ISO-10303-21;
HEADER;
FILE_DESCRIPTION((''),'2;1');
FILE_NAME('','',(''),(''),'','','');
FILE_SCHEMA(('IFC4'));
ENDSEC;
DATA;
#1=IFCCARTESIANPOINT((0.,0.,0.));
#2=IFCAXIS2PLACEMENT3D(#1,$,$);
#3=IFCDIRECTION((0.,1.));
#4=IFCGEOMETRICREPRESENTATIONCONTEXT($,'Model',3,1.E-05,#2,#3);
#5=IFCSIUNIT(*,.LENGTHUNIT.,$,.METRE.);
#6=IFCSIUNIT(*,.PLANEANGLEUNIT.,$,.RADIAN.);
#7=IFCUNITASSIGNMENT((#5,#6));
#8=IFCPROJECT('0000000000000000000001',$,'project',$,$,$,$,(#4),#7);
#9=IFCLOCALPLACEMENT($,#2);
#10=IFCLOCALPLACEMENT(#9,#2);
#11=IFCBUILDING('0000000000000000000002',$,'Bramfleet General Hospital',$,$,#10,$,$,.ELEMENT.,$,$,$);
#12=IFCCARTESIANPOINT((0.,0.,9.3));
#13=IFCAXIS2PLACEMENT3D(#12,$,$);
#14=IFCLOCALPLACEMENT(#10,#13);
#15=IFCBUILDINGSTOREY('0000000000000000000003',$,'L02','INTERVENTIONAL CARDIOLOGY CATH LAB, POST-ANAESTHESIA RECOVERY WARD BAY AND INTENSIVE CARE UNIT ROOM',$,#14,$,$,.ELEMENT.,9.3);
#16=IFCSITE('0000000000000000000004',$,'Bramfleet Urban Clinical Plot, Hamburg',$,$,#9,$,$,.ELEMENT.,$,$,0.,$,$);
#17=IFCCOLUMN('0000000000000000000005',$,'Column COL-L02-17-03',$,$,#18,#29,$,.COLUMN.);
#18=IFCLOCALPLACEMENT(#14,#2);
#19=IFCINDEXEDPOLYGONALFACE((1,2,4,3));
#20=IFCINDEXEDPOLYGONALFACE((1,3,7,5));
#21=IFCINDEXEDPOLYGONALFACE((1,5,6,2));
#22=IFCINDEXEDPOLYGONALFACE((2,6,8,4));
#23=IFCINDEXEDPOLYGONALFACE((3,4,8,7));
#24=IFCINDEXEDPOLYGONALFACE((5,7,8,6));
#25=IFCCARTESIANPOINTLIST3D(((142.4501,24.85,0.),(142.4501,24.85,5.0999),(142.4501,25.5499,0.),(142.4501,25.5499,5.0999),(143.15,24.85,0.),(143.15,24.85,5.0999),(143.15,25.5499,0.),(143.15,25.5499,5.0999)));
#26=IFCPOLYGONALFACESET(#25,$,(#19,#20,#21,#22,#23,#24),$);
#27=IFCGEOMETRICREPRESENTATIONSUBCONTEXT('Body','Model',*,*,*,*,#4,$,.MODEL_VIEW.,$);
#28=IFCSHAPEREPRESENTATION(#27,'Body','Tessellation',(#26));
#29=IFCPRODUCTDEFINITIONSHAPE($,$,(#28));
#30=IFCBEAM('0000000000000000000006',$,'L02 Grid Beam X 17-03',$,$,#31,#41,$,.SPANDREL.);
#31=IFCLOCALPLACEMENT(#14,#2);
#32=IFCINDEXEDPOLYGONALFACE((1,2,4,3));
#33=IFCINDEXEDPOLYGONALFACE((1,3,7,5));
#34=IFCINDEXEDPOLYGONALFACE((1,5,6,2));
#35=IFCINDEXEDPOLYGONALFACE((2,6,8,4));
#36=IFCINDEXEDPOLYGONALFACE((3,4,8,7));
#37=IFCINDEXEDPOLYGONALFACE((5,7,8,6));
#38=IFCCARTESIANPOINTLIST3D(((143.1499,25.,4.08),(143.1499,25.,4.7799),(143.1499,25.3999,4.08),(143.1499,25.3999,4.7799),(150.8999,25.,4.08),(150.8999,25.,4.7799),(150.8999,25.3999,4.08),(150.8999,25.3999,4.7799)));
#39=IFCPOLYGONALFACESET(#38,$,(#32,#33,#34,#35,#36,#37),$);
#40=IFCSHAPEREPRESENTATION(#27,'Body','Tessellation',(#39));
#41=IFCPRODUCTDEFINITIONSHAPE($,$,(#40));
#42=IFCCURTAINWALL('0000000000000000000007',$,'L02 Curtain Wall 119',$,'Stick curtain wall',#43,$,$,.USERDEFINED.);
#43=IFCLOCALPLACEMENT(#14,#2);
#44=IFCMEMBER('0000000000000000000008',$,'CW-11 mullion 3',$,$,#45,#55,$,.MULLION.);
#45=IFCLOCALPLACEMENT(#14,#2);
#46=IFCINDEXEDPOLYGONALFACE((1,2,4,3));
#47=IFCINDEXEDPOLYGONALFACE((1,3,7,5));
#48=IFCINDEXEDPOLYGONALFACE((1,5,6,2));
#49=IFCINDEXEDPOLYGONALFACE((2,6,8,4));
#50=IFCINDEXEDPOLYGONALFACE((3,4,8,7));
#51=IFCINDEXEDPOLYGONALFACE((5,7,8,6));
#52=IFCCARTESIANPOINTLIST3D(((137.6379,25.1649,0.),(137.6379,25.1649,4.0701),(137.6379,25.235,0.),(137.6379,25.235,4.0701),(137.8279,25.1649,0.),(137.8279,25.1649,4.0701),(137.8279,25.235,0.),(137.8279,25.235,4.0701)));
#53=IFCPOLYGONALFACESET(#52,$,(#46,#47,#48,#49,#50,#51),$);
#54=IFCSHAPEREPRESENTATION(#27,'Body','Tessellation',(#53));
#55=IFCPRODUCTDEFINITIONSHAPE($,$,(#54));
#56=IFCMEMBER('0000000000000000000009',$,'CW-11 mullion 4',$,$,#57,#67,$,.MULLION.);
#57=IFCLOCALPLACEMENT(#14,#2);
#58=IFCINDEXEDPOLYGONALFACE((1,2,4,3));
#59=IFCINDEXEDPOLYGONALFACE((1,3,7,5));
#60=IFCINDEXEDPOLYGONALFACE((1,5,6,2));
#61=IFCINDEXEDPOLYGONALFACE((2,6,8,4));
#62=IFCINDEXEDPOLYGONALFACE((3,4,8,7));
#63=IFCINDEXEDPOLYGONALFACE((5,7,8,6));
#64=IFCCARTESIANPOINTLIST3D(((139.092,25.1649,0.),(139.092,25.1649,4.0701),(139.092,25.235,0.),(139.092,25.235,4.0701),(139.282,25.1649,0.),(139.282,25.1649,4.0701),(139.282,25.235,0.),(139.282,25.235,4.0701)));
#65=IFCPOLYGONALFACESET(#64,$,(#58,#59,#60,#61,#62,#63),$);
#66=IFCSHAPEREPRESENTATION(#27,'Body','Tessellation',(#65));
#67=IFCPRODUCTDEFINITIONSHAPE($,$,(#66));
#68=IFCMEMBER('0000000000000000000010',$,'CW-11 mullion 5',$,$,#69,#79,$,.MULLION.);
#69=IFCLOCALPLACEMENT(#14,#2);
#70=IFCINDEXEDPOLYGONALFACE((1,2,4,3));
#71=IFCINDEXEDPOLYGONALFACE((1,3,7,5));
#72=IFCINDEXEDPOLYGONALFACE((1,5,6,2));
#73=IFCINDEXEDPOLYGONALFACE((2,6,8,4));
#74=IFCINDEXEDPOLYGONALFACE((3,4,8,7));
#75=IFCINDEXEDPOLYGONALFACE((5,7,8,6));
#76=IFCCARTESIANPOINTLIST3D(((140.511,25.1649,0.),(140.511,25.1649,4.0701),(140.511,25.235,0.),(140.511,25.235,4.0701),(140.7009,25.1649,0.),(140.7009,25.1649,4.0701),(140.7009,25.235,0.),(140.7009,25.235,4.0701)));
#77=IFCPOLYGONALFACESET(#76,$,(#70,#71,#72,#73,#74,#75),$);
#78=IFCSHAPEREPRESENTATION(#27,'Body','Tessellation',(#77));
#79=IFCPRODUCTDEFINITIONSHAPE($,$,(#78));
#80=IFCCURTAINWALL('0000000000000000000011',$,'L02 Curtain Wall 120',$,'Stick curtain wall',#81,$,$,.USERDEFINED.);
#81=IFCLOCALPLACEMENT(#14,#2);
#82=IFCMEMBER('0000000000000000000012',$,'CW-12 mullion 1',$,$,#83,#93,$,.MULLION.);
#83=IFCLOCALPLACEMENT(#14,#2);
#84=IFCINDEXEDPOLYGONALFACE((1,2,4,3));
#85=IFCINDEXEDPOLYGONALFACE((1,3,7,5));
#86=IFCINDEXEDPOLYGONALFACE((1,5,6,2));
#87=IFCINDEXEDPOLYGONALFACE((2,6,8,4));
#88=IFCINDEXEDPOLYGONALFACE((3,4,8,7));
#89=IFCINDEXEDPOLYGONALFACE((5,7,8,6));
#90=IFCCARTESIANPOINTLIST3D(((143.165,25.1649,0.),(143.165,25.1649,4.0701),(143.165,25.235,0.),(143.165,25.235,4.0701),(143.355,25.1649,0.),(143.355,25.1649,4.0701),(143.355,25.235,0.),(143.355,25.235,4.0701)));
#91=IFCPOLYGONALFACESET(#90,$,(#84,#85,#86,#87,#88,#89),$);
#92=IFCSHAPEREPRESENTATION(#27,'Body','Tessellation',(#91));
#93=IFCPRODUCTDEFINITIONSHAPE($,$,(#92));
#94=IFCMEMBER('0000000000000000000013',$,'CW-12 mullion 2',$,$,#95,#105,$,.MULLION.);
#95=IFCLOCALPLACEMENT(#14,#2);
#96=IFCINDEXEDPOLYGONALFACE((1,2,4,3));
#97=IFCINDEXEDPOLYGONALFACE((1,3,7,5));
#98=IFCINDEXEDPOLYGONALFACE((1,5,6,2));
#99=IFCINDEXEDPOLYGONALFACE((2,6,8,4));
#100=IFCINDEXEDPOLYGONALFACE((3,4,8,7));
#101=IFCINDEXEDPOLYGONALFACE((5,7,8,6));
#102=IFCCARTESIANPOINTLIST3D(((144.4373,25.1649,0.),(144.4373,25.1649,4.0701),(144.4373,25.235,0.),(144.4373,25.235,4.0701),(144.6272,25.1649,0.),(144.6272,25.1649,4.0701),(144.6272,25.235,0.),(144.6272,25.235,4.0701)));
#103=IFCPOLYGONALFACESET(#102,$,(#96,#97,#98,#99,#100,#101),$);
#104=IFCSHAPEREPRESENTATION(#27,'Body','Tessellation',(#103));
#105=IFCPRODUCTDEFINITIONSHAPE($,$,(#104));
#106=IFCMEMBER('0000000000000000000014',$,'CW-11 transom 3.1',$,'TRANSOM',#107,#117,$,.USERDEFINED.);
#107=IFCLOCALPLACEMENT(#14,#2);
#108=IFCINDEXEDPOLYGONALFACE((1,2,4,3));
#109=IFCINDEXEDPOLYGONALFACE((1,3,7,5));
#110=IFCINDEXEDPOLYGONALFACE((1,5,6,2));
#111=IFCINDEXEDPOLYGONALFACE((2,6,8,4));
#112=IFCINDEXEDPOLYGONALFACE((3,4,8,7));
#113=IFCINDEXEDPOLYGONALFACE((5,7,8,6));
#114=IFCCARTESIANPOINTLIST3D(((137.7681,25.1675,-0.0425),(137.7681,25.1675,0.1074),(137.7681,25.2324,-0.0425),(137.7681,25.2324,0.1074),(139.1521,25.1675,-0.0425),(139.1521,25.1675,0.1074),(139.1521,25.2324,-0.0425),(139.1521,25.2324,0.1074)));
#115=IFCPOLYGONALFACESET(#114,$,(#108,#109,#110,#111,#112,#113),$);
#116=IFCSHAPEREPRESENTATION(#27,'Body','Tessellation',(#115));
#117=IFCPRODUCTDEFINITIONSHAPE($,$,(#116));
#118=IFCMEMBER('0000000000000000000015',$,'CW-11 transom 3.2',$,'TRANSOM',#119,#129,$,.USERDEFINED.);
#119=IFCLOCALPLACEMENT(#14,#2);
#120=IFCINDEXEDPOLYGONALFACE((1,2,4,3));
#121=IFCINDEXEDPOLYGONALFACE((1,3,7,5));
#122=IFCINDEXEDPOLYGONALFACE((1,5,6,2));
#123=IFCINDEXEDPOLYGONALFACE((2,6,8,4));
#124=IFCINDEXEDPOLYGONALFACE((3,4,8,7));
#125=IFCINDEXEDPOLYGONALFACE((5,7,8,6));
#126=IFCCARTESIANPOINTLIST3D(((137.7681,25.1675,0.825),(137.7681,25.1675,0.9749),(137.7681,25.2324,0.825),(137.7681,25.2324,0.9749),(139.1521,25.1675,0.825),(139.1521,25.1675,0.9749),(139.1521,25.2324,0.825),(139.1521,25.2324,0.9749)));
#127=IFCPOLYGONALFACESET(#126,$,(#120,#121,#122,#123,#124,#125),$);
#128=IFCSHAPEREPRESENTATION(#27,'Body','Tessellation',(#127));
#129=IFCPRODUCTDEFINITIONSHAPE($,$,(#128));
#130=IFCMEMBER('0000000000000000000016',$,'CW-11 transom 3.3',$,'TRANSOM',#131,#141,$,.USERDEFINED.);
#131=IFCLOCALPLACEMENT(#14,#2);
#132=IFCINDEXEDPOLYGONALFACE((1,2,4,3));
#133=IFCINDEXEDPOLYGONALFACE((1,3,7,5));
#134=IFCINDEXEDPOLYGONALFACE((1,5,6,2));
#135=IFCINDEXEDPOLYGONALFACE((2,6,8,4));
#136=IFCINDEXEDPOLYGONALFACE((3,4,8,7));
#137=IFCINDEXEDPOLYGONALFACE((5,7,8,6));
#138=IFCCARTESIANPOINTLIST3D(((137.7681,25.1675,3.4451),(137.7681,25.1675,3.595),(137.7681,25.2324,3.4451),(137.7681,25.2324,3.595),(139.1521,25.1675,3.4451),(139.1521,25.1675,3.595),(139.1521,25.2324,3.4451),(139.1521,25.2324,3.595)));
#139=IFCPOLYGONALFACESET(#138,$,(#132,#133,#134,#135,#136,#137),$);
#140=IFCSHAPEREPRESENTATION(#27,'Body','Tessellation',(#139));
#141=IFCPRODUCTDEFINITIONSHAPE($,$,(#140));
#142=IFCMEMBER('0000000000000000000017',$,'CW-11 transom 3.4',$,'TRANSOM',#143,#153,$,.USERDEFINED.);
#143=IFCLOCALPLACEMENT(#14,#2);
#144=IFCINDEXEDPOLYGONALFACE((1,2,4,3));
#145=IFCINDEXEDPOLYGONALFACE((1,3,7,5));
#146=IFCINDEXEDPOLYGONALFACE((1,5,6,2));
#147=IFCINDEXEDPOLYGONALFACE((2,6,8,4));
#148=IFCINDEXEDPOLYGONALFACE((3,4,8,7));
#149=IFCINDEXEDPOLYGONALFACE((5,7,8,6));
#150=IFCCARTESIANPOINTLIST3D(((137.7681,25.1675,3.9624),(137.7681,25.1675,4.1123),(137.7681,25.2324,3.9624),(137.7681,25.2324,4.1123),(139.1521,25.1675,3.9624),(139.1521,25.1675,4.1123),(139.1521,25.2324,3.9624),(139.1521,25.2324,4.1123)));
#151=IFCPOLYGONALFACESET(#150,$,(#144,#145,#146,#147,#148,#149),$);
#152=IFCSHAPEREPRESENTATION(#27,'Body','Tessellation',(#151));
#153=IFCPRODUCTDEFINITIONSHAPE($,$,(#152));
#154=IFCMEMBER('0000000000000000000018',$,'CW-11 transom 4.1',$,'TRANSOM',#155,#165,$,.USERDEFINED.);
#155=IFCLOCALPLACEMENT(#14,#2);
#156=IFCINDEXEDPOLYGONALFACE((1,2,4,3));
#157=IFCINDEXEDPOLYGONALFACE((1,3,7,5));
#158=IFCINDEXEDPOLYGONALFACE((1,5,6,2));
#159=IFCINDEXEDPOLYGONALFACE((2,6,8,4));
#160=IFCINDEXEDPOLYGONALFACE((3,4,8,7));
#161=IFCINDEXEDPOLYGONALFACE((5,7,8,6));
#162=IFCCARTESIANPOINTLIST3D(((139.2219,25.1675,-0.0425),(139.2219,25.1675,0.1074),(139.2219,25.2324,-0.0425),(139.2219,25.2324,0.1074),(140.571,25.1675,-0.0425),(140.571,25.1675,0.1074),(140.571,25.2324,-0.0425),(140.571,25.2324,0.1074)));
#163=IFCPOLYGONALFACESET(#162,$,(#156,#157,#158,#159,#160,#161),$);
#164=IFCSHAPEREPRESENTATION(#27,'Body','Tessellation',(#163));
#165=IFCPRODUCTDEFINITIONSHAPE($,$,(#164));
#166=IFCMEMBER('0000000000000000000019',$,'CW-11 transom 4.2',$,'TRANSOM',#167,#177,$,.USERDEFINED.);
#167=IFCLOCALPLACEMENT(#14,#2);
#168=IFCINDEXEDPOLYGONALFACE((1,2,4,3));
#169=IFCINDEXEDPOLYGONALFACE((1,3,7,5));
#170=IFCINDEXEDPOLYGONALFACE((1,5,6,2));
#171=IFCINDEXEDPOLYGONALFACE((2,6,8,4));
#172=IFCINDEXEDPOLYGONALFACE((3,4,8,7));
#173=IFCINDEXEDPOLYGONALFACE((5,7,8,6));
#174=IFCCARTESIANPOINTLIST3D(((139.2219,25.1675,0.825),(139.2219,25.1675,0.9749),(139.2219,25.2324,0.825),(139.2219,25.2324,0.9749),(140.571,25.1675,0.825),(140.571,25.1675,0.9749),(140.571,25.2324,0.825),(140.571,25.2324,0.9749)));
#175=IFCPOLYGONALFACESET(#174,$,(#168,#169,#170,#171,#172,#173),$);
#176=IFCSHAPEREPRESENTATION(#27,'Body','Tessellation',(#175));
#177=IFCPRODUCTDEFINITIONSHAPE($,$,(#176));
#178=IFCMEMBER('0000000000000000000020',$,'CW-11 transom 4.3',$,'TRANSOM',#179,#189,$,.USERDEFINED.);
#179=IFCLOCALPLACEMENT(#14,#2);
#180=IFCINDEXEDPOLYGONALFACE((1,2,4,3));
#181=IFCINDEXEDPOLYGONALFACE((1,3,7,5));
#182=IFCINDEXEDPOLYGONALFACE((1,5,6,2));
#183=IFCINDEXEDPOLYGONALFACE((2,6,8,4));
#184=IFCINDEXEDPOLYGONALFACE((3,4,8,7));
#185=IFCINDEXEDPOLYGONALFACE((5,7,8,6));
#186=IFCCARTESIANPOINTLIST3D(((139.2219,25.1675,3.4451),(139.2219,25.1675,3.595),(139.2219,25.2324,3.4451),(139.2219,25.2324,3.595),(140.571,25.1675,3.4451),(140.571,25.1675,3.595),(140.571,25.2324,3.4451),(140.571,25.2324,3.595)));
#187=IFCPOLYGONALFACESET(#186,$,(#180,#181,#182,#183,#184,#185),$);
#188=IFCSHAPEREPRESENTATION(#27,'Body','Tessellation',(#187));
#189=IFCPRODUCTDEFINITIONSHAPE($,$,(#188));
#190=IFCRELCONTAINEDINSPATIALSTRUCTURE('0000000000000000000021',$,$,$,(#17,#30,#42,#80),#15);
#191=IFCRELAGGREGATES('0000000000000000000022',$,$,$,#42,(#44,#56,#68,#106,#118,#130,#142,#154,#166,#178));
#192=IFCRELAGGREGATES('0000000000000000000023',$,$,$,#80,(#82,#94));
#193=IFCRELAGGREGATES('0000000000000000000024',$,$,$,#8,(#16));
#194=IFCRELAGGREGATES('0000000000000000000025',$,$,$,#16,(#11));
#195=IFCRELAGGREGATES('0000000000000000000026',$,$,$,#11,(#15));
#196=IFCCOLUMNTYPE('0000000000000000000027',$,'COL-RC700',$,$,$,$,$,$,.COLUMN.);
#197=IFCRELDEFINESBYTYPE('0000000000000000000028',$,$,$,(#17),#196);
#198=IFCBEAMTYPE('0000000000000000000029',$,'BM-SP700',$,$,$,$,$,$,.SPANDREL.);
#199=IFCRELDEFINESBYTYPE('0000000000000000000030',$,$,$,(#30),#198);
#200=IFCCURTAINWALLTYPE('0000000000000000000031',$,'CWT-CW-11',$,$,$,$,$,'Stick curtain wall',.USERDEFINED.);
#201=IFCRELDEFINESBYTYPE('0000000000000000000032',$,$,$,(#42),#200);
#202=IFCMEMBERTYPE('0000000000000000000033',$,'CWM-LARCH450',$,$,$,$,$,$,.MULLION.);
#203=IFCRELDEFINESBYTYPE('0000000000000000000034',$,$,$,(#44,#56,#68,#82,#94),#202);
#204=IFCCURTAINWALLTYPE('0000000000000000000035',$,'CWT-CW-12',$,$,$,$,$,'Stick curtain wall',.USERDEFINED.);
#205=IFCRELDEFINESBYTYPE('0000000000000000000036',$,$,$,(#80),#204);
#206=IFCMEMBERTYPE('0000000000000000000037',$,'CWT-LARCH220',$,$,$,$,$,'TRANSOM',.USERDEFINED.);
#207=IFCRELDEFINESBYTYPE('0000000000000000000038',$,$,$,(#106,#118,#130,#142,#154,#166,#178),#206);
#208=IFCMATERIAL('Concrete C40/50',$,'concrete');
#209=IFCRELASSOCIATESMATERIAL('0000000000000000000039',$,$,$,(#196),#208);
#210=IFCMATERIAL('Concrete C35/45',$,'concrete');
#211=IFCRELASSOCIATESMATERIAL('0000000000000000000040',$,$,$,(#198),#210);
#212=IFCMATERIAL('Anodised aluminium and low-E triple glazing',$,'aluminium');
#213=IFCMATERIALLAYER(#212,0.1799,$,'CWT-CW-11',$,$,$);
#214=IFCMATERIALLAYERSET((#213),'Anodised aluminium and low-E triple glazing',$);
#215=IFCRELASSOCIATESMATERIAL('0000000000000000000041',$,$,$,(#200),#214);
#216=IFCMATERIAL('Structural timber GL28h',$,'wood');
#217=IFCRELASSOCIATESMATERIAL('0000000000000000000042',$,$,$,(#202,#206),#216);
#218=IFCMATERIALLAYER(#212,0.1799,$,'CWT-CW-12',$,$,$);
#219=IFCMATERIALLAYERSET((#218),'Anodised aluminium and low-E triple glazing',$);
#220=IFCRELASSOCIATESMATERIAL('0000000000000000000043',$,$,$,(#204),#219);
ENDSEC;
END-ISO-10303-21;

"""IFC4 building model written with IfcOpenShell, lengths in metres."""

from ifc_helpers import new_model, si_unit, direction, frame, origin, origin_2d, place, context, subcontext, project, spatial, rectangle, extrude, material, layer, layer_set, material_profile, profile_set, type_object, element, aggregate, save


model = new_model("IFC4")

# Units and contexts
model_context = context("Model", 3, precision=1e-05, world=origin(), true_north=direction((0.0, 1.0)))
body_context = subcontext(model_context, "Body", "Model", "MODEL_VIEW")
ifc_project = project(units=[si_unit("LENGTHUNIT", "METRE"), si_unit("PLANEANGLEUNIT", "RADIAN")], contexts=[model_context])

# Site, building, storey
site_placement = place(None, origin())
site = spatial("IfcSite", under=ifc_project, at=site_placement, Name="Bramfleet Urban Clinical Plot, Hamburg", CompositionType="ELEMENT", RefElevation=0.0)
building_placement = place(site_placement, origin())
building = spatial("IfcBuilding", under=site, at=building_placement, Name="Bramfleet General Hospital", CompositionType="ELEMENT")
storey_placement = place(building_placement, frame((0.0, 0.0, 9.3)))
storey = spatial("IfcBuildingStorey", under=building, at=storey_placement, Name="L02", Description="INTERVENTIONAL CARDIOLOGY CATH LAB, POST-ANAESTHESIA RECOVERY WARD BAY AND INTENSIVE CARE UNIT ROOM", CompositionType="ELEMENT", Elevation=9.3)

# Column
ifc_material_1 = material(Name="Concrete C40/50", Category="concrete")
ifc_material_profile_1 = material_profile(ifc_material_1, rectangle(XDim=0.7, YDim=0.7, at=origin_2d()), Name="RC COL 700x700")
ifc_profile_set_1 = profile_set([ifc_material_profile_1], Name="Concrete C40/50")
column_type = type_object("IfcColumnType", Name="COL-RC700", PredefinedType="COLUMN", material=ifc_profile_set_1)
column_placement = place(storey_placement, frame((142.8, 25.2, 0.0), z_axis=(0.0, 0.0, 1.0), x_axis=(1.0, 0.0, 0.0)))
element("IfcColumn", 1, at=column_placement, inside=storey, type_object=column_type, Name="Column COL-L02-17-03", PredefinedType="COLUMN", context=body_context, shape_type="SweptSolid", body=[
    extrude(rectangle(XDim=0.7, YDim=0.7, at=origin_2d()), origin(), (0.0, 0.0, 1.0), 5.0999),
])

# Beam
ifc_material_2 = material(Name="Concrete C35/45", Category="concrete")
ifc_material_profile_2 = material_profile(ifc_material_2, rectangle(XDim=0.3999, YDim=0.7, at=origin_2d()), Name="RC SP 700x400")
ifc_profile_set_2 = profile_set([ifc_material_profile_2], Name="Concrete C35/45")
beam_type = type_object("IfcBeamType", Name="BM-SP700", PredefinedType="SPANDREL", material=ifc_profile_set_2)
beam_placement = place(storey_placement, frame((143.1499, 25.2, 4.4299), z_axis=(1.0, 0.0, 0.0), x_axis=(0.0, 1.0, 0.0)))
element("IfcBeam", 2, at=beam_placement, inside=storey, type_object=beam_type, Name="L02 Grid Beam X 17-03", PredefinedType="SPANDREL", context=body_context, shape_type="SweptSolid", body=[
    extrude(rectangle(XDim=0.3999, YDim=0.7, at=origin_2d()), origin(), (0.0, 0.0, 1.0), 7.75),
])

# Curtain walls, members
ifc_material_3 = material(Name="Anodised aluminium and low-E triple glazing", Category="aluminium")
ifc_layer_1 = layer(ifc_material_3, 0.1799, Name="CWT-CW-11")
ifc_layer_set_1 = layer_set([ifc_layer_1], Name="Anodised aluminium and low-E triple glazing")
curtain_wall_type_1 = type_object("IfcCurtainWallType", Name="CWT-CW-11", ElementType="Stick curtain wall", PredefinedType="USERDEFINED", material=ifc_layer_set_1)
curtain_wall_1_placement = place(storey_placement, origin())
curtain_wall_1 = element("IfcCurtainWall", 3, at=curtain_wall_1_placement, inside=storey, type_object=curtain_wall_type_1, Name="L02 Curtain Wall 119", ObjectType="Stick curtain wall", PredefinedType="USERDEFINED")
ifc_material_4 = material(Name="Structural timber GL28h", Category="wood")
ifc_material_profile_3 = material_profile(ifc_material_4, rectangle(XDim=0.0701, YDim=0.1899, at=origin_2d()), Name="LARCH 190x70")
ifc_profile_set_3 = profile_set([ifc_material_profile_3], Name="Structural timber GL28h")
member_type_1 = type_object("IfcMemberType", Name="CWM-LARCH450", PredefinedType="MULLION", material=ifc_profile_set_3)
member_1_placement = place(storey_placement, frame((137.7329, 25.2, 0.0), z_axis=(0.0, 0.0, 1.0), x_axis=(0.0, 1.0, 0.0)))
member_1 = element("IfcMember", 4, at=member_1_placement, type_object=member_type_1, Name="CW-11 mullion 3", PredefinedType="MULLION", context=body_context, shape_type="SweptSolid", body=[
    extrude(rectangle(XDim=0.0701, YDim=0.1899, at=origin_2d()), origin(), (0.0, 0.0, 1.0), 4.0701),
])
member_2_placement = place(storey_placement, frame((139.187, 25.2, 0.0), z_axis=(0.0, 0.0, 1.0), x_axis=(0.0, 1.0, 0.0)))
member_2 = element("IfcMember", 5, at=member_2_placement, type_object=member_type_1, Name="CW-11 mullion 4", PredefinedType="MULLION", context=body_context, shape_type="SweptSolid", body=[
    extrude(rectangle(XDim=0.0701, YDim=0.1899, at=origin_2d()), origin(), (0.0, 0.0, 1.0), 4.0701),
])
member_3_placement = place(storey_placement, frame((140.606, 25.2, 0.0), z_axis=(0.0, 0.0, 1.0), x_axis=(0.0, 1.0, 0.0)))
member_3 = element("IfcMember", 6, at=member_3_placement, type_object=member_type_1, Name="CW-11 mullion 5", PredefinedType="MULLION", context=body_context, shape_type="SweptSolid", body=[
    extrude(rectangle(XDim=0.0701, YDim=0.1899, at=origin_2d()), origin(), (0.0, 0.0, 1.0), 4.0701),
])
ifc_layer_2 = layer(ifc_material_3, 0.1799, Name="CWT-CW-12")
ifc_layer_set_2 = layer_set([ifc_layer_2], Name="Anodised aluminium and low-E triple glazing")
curtain_wall_type_2 = type_object("IfcCurtainWallType", Name="CWT-CW-12", ElementType="Stick curtain wall", PredefinedType="USERDEFINED", material=ifc_layer_set_2)
curtain_wall_2_placement = place(storey_placement, origin())
curtain_wall_2 = element("IfcCurtainWall", 7, at=curtain_wall_2_placement, inside=storey, type_object=curtain_wall_type_2, Name="L02 Curtain Wall 120", ObjectType="Stick curtain wall", PredefinedType="USERDEFINED")
member_4_placement = place(storey_placement, frame((143.26, 25.2, 0.0), z_axis=(0.0, 0.0, 1.0), x_axis=(0.0, 1.0, 0.0)))
member_4 = element("IfcMember", 8, at=member_4_placement, type_object=member_type_1, Name="CW-12 mullion 1", PredefinedType="MULLION", context=body_context, shape_type="SweptSolid", body=[
    extrude(rectangle(XDim=0.0701, YDim=0.1899, at=origin_2d()), origin(), (0.0, 0.0, 1.0), 4.0701),
])
member_5_placement = place(storey_placement, frame((144.5322, 25.2, 0.0), z_axis=(0.0, 0.0, 1.0), x_axis=(0.0, 1.0, 0.0)))
member_5 = element("IfcMember", 9, at=member_5_placement, type_object=member_type_1, Name="CW-12 mullion 2", PredefinedType="MULLION", context=body_context, shape_type="SweptSolid", body=[
    extrude(rectangle(XDim=0.0701, YDim=0.1899, at=origin_2d()), origin(), (0.0, 0.0, 1.0), 4.0701),
])

# Members
ifc_material_profile_4 = material_profile(ifc_material_4, rectangle(XDim=0.0649, YDim=0.1499, at=origin_2d()), Name="LARCH 150x65")
ifc_profile_set_4 = profile_set([ifc_material_profile_4], Name="Structural timber GL28h")
member_type_2 = type_object("IfcMemberType", Name="CWT-LARCH220", ElementType="TRANSOM", PredefinedType="USERDEFINED", material=ifc_profile_set_4)
member_6_placement = place(storey_placement, frame((137.7681, 25.2, 0.0325), z_axis=(1.0, 0.0, 0.0), x_axis=(0.0, 1.0, 0.0)))
member_6 = element("IfcMember", 10, at=member_6_placement, type_object=member_type_2, Name="CW-11 transom 3.1", ObjectType="TRANSOM", PredefinedType="USERDEFINED", context=body_context, shape_type="SweptSolid", body=[
    extrude(rectangle(XDim=0.0649, YDim=0.1499, at=origin_2d()), origin(), (0.0, 0.0, 1.0), 1.384),
])
member_7_placement = place(storey_placement, frame((137.7681, 25.2, 0.8999), z_axis=(1.0, 0.0, 0.0), x_axis=(0.0, 1.0, 0.0)))
member_7 = element("IfcMember", 11, at=member_7_placement, type_object=member_type_2, Name="CW-11 transom 3.2", ObjectType="TRANSOM", PredefinedType="USERDEFINED", context=body_context, shape_type="SweptSolid", body=[
    extrude(rectangle(XDim=0.0649, YDim=0.1499, at=origin_2d()), origin(), (0.0, 0.0, 1.0), 1.384),
])
member_8_placement = place(storey_placement, frame((137.7681, 25.2, 3.52), z_axis=(1.0, 0.0, 0.0), x_axis=(0.0, 1.0, 0.0)))
member_8 = element("IfcMember", 12, at=member_8_placement, type_object=member_type_2, Name="CW-11 transom 3.3", ObjectType="TRANSOM", PredefinedType="USERDEFINED", context=body_context, shape_type="SweptSolid", body=[
    extrude(rectangle(XDim=0.0649, YDim=0.1499, at=origin_2d()), origin(), (0.0, 0.0, 1.0), 1.384),
])
member_9_placement = place(storey_placement, frame((137.7681, 25.2, 4.0374), z_axis=(1.0, 0.0, 0.0), x_axis=(0.0, 1.0, 0.0)))
member_9 = element("IfcMember", 13, at=member_9_placement, type_object=member_type_2, Name="CW-11 transom 3.4", ObjectType="TRANSOM", PredefinedType="USERDEFINED", context=body_context, shape_type="SweptSolid", body=[
    extrude(rectangle(XDim=0.0649, YDim=0.1499, at=origin_2d()), origin(), (0.0, 0.0, 1.0), 1.384),
])
member_10_placement = place(storey_placement, frame((139.2219, 25.2, 0.0325), z_axis=(1.0, 0.0, 0.0), x_axis=(0.0, 1.0, 0.0)))
member_10 = element("IfcMember", 14, at=member_10_placement, type_object=member_type_2, Name="CW-11 transom 4.1", ObjectType="TRANSOM", PredefinedType="USERDEFINED", context=body_context, shape_type="SweptSolid", body=[
    extrude(rectangle(XDim=0.0649, YDim=0.1499, at=origin_2d()), origin(), (0.0, 0.0, 1.0), 1.3491),
])
member_11_placement = place(storey_placement, frame((139.2219, 25.2, 0.8999), z_axis=(1.0, 0.0, 0.0), x_axis=(0.0, 1.0, 0.0)))
member_11 = element("IfcMember", 15, at=member_11_placement, type_object=member_type_2, Name="CW-11 transom 4.2", ObjectType="TRANSOM", PredefinedType="USERDEFINED", context=body_context, shape_type="SweptSolid", body=[
    extrude(rectangle(XDim=0.0649, YDim=0.1499, at=origin_2d()), origin(), (0.0, 0.0, 1.0), 1.3491),
])
member_12_placement = place(storey_placement, frame((139.2219, 25.2, 3.52), z_axis=(1.0, 0.0, 0.0), x_axis=(0.0, 1.0, 0.0)))
member_12 = element("IfcMember", 16, at=member_12_placement, type_object=member_type_2, Name="CW-11 transom 4.3", ObjectType="TRANSOM", PredefinedType="USERDEFINED", context=body_context, shape_type="SweptSolid", body=[
    extrude(rectangle(XDim=0.0649, YDim=0.1499, at=origin_2d()), origin(), (0.0, 0.0, 1.0), 1.3491),
])

aggregate(curtain_wall_1, [member_1, member_2, member_3, member_6, member_7, member_8, member_9, member_10, member_11, member_12])
aggregate(curtain_wall_2, [member_4, member_5])

save(model, "model.ifc")
